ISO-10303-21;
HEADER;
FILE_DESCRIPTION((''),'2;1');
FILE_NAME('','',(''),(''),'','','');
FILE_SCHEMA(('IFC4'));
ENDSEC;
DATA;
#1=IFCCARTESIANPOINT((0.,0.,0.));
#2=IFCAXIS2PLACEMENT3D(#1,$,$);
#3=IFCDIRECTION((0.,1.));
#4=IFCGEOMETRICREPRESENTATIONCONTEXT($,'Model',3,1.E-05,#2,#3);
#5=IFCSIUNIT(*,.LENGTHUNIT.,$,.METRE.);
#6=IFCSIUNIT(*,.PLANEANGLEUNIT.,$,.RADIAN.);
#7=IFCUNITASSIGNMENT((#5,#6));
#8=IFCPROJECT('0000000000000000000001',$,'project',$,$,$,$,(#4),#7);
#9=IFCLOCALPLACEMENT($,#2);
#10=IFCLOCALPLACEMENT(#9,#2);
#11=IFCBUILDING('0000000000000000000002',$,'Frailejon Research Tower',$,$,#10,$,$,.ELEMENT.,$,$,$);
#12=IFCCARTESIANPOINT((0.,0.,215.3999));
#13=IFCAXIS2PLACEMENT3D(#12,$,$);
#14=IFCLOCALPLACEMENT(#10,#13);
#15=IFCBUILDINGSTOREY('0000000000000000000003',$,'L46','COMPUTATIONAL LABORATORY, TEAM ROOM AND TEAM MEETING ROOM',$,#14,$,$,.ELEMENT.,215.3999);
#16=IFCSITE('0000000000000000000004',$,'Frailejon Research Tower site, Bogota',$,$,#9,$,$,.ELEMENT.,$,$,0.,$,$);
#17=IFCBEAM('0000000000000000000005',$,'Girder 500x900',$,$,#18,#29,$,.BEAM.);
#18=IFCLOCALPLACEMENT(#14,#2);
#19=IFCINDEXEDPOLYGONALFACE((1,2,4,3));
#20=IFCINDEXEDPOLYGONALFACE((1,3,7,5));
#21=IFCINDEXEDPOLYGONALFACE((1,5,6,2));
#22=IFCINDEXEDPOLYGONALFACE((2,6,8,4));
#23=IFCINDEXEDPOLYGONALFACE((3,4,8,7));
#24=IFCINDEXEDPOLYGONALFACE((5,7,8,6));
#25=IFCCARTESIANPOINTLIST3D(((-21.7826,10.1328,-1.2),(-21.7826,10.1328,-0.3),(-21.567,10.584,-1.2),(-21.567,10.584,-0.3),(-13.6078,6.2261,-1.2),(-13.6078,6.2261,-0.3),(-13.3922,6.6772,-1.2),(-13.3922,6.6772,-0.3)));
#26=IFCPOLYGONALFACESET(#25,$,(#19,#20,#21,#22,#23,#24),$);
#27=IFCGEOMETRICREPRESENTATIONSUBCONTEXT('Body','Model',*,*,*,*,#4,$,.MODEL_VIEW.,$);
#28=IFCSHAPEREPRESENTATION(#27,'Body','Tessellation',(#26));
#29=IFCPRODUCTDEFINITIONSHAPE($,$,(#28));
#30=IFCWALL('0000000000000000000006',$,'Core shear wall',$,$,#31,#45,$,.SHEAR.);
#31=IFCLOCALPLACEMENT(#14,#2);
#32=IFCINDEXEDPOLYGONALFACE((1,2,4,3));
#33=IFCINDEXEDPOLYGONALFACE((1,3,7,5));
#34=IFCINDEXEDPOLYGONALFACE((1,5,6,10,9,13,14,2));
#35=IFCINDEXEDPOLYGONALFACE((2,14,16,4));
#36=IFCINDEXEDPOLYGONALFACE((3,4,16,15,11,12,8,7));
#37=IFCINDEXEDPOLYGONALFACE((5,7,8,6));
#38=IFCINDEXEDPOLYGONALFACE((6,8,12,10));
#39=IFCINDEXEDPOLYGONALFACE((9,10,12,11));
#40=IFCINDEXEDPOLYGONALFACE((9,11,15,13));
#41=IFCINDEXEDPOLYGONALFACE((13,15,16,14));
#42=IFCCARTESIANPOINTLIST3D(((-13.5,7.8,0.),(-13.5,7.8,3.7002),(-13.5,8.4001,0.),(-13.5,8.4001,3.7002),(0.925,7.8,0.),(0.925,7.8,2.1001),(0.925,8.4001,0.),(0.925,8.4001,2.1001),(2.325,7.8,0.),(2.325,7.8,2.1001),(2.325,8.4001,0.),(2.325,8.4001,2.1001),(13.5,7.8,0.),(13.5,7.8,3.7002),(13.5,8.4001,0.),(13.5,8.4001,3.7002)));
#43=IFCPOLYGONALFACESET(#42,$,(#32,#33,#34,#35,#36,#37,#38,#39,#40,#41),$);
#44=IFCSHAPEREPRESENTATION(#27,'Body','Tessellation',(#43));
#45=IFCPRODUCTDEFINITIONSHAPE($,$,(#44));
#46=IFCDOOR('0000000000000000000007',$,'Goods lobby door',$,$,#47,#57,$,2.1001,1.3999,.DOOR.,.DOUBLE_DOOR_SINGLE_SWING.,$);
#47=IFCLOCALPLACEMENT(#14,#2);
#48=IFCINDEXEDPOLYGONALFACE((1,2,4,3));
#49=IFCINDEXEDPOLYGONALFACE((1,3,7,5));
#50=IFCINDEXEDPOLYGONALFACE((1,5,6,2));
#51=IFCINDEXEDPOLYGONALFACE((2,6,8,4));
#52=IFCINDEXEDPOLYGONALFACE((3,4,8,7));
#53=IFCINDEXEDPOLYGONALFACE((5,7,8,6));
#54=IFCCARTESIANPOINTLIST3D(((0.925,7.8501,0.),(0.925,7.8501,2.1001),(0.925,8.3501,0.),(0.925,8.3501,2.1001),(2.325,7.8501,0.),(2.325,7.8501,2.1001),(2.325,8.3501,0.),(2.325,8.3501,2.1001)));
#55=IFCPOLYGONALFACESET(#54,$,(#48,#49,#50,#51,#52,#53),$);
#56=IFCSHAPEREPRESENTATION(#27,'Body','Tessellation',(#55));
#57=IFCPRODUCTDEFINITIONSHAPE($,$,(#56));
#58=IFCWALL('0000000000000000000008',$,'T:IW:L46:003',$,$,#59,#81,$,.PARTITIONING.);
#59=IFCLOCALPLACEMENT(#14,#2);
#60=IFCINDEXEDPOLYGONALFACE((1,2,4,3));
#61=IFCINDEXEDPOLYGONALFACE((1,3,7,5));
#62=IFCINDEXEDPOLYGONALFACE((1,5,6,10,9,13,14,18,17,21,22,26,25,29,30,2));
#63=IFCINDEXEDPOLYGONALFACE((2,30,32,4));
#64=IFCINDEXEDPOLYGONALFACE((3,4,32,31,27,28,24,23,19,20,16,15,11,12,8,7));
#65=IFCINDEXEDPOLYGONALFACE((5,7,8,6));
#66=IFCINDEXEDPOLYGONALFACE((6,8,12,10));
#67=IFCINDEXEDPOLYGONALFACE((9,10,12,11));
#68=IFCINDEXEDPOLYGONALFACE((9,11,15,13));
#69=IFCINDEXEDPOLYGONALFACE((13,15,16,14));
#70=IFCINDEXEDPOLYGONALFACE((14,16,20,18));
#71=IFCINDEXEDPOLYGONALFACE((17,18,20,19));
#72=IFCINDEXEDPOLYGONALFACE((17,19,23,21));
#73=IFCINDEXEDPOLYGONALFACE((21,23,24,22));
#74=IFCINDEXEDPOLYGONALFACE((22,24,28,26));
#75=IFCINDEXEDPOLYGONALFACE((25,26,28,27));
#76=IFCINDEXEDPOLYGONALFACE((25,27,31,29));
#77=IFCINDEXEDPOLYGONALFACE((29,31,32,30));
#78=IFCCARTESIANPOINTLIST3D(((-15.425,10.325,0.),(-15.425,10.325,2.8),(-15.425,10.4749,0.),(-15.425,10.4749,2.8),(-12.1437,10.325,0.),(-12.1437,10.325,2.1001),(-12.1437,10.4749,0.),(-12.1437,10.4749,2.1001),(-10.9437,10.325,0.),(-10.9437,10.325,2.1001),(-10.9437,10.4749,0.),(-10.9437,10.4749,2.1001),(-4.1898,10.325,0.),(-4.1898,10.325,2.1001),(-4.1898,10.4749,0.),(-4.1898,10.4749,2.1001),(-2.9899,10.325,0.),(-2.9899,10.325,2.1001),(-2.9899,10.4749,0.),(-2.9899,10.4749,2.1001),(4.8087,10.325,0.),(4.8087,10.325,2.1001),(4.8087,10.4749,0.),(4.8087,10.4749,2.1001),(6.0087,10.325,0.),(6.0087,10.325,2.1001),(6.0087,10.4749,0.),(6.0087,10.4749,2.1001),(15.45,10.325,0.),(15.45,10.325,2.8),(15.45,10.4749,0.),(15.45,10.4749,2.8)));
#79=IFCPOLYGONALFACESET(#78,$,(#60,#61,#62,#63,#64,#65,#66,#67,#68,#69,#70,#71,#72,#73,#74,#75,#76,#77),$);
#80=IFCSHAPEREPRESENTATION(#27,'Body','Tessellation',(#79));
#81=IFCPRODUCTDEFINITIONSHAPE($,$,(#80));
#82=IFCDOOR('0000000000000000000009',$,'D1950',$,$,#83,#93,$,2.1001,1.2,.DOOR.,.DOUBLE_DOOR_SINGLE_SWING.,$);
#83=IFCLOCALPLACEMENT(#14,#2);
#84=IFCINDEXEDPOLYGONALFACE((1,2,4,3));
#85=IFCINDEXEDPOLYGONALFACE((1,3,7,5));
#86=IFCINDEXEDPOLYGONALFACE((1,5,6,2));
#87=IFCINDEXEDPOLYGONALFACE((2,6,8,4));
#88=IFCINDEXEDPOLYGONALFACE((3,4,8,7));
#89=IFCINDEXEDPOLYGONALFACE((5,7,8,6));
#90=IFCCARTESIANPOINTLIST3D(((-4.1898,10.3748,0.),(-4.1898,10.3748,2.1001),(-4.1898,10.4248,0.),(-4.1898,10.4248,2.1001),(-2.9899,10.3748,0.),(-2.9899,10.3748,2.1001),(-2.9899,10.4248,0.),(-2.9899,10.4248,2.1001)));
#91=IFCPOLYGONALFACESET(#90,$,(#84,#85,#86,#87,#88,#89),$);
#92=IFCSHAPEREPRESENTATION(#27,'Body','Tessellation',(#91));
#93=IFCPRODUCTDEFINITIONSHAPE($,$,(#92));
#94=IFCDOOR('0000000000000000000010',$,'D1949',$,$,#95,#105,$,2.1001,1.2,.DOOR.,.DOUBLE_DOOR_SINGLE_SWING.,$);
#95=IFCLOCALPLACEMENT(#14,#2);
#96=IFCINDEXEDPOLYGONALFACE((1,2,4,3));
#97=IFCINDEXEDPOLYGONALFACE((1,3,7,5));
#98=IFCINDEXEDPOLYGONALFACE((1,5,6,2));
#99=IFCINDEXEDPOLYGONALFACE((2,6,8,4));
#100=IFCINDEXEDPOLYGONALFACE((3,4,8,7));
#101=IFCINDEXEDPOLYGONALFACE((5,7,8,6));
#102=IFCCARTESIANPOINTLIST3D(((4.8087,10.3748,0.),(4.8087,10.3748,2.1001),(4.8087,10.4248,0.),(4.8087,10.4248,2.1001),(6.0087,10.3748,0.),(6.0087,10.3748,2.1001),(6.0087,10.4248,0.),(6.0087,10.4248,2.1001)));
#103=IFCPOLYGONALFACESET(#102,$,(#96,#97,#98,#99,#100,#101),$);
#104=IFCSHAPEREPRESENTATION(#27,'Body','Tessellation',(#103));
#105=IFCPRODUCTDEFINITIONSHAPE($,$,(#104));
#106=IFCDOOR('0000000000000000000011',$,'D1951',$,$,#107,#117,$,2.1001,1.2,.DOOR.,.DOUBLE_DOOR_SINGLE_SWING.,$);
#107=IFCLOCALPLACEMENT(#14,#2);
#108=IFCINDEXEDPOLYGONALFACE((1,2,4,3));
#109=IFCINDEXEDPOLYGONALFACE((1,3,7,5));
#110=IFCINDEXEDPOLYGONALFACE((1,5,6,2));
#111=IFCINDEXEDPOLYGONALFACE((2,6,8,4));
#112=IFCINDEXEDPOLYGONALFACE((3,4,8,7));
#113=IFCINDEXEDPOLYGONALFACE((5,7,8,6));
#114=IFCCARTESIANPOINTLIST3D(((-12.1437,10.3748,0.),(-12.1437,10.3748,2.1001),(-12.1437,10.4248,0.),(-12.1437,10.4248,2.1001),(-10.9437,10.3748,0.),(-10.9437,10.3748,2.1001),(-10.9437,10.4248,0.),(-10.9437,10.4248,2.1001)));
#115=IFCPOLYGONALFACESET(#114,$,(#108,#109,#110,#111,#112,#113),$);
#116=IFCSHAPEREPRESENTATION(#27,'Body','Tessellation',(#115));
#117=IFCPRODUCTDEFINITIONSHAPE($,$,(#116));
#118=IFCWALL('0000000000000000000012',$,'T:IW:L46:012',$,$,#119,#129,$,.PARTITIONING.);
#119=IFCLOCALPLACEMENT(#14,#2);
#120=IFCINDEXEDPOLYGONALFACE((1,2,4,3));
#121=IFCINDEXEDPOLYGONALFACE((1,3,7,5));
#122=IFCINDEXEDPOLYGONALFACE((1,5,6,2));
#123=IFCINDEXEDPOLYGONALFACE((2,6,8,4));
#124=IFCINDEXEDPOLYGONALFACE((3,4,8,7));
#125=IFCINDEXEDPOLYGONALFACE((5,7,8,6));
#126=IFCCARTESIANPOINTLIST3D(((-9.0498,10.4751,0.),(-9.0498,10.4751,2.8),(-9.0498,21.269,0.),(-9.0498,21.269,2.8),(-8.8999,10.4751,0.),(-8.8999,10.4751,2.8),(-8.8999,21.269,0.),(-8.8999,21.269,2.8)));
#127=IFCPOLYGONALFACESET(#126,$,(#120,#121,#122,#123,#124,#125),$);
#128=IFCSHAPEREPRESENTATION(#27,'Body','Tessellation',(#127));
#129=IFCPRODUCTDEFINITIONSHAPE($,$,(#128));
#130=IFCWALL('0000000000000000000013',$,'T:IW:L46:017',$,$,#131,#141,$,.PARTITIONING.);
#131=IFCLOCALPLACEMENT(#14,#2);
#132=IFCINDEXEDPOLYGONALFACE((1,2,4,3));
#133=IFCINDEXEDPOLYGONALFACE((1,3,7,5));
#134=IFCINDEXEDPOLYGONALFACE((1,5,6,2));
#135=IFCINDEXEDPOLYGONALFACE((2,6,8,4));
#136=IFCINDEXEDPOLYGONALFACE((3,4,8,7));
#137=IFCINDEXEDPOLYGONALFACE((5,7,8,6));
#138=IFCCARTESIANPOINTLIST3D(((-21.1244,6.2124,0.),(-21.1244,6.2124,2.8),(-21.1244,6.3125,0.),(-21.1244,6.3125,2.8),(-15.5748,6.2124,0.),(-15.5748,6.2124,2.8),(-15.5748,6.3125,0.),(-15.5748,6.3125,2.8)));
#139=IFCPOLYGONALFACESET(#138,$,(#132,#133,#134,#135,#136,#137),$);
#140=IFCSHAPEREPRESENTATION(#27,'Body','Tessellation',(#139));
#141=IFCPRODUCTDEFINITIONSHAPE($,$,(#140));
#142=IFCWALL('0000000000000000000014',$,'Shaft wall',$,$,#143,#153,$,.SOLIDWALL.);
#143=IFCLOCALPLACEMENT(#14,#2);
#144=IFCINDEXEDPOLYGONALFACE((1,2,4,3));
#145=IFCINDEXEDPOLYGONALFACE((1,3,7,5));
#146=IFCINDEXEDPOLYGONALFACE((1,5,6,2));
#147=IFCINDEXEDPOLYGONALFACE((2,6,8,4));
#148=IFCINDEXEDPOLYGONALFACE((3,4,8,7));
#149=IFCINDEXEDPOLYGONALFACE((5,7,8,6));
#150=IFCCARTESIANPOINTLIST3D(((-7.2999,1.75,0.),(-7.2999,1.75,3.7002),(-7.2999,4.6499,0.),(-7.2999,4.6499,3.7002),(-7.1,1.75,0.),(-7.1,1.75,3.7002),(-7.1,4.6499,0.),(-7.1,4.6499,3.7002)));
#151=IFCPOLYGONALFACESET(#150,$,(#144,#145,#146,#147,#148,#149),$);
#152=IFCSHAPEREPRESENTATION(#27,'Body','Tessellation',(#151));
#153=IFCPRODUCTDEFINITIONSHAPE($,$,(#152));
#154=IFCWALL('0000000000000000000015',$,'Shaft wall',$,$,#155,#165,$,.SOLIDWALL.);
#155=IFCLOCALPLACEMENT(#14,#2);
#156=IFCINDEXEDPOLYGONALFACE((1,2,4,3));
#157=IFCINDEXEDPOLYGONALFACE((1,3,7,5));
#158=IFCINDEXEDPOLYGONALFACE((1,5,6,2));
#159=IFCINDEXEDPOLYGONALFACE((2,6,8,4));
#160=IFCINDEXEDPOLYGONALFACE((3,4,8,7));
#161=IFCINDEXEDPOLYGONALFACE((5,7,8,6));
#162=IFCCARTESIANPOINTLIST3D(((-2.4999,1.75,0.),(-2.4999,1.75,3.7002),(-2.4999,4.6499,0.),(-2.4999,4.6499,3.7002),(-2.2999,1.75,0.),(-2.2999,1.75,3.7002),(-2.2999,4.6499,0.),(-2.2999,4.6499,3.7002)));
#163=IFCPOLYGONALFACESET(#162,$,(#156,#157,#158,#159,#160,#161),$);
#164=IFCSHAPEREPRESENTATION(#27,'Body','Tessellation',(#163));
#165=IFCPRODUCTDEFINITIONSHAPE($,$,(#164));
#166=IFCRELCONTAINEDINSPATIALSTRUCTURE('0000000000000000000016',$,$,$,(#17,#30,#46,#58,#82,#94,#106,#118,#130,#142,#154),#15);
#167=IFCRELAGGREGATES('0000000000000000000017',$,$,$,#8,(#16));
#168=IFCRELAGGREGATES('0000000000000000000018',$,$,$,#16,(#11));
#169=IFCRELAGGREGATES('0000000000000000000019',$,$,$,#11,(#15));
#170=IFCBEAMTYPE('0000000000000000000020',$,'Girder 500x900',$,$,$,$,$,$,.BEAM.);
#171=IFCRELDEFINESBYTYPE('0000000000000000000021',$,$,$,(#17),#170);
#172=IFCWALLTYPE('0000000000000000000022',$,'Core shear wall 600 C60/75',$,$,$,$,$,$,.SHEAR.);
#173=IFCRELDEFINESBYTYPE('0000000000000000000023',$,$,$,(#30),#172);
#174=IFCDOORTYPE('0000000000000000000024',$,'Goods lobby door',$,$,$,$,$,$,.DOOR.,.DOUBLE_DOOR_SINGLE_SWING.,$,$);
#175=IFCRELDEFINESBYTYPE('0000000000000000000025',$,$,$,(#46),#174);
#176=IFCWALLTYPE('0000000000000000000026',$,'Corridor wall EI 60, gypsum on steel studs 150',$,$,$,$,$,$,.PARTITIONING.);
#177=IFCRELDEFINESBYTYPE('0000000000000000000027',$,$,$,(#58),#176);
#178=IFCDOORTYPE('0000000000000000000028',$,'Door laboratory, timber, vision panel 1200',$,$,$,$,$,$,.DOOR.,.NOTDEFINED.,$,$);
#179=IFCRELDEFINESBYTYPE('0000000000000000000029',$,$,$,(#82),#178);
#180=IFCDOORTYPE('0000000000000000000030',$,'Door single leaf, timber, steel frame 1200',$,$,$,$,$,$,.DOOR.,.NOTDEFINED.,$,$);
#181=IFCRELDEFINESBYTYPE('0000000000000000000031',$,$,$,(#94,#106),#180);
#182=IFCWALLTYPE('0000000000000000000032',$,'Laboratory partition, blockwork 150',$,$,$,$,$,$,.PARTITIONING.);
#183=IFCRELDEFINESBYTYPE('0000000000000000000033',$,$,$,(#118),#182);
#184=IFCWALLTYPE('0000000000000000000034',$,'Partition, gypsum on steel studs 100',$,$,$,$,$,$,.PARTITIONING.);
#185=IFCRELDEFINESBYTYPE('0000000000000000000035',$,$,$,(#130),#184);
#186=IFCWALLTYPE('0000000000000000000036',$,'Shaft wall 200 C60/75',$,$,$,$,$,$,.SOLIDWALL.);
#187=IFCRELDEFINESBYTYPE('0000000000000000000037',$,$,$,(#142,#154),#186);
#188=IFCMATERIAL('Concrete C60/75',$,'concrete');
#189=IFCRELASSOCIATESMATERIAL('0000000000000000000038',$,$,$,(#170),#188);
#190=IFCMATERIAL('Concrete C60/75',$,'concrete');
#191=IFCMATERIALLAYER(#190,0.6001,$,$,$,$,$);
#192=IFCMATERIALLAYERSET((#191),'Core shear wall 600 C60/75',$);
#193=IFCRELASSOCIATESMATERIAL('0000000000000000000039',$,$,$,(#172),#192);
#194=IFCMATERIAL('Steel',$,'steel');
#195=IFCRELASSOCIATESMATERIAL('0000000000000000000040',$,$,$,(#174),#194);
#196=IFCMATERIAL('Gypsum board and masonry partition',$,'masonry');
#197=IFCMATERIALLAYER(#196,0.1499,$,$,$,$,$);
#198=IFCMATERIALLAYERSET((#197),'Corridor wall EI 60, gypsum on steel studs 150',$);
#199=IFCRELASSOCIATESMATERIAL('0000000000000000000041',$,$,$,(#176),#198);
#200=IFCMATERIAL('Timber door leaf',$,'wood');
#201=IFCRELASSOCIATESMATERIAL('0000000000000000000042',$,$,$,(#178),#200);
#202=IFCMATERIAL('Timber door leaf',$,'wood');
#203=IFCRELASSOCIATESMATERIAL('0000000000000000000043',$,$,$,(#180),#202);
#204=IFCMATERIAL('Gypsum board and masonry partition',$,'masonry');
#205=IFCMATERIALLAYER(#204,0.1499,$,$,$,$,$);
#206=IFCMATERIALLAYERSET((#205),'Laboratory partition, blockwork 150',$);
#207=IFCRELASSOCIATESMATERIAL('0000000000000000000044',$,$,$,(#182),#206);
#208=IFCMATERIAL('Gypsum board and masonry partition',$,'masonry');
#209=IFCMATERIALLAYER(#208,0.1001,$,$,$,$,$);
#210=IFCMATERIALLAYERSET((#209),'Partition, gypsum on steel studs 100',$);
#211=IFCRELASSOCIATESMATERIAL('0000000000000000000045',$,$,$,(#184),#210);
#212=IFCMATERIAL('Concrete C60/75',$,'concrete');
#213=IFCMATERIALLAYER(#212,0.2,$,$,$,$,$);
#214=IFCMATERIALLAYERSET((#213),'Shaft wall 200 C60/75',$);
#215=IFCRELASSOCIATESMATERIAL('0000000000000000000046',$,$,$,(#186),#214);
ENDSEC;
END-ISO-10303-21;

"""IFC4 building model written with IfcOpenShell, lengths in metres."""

from ifc_helpers import new_model, si_unit, direction, frame, frame_2d, origin, origin_2d, place, context, subcontext, project, spatial, rectangle, extrude, material, layer, layer_set, material_profile, profile_set, type_object, element, fill, save


model = new_model("IFC4")

# Units and contexts
model_context = context("Model", 3, precision=1e-05, world=origin(), true_north=direction((0.0, 1.0)))
body_context = subcontext(model_context, "Body", "Model", "MODEL_VIEW")
ifc_project = project(units=[si_unit("LENGTHUNIT", "METRE"), si_unit("PLANEANGLEUNIT", "RADIAN")], contexts=[model_context])

# Site, building, storey
site_placement = place(None, origin())
site = spatial("IfcSite", under=ifc_project, at=site_placement, Name="Frailejon Research Tower site, Bogota", CompositionType="ELEMENT", RefElevation=0.0)
building_placement = place(site_placement, origin())
building = spatial("IfcBuilding", under=site, at=building_placement, Name="Frailejon Research Tower", CompositionType="ELEMENT")
storey_placement = place(building_placement, frame((0.0, 0.0, 215.3999)))
storey = spatial("IfcBuildingStorey", under=building, at=storey_placement, Name="L46", Description="COMPUTATIONAL LABORATORY, TEAM ROOM AND TEAM MEETING ROOM", CompositionType="ELEMENT", Elevation=215.3999)

# Beam
ifc_material_1 = material(Name="Concrete C60/75", Category="concrete")
ifc_material_profile = material_profile(ifc_material_1, rectangle(XDim=0.5, YDim=0.8999, at=origin_2d()), Name="Girder 500x900")
ifc_profile_set = profile_set([ifc_material_profile], Name="Concrete C60/75")
beam_type = type_object("IfcBeamType", Name="Girder 500x900", PredefinedType="BEAM", material=ifc_profile_set)
beam_placement = place(storey_placement, frame((-21.6748, 10.3584, -0.75), z_axis=(0.902261, -0.43119, 0.0), x_axis=(0.43119, 0.902261, 0.0)))
element("IfcBeam", 1, at=beam_placement, inside=storey, type_object=beam_type, Name="Girder 500x900", PredefinedType="BEAM", context=body_context, shape_type="SweptSolid", body=[
    extrude(rectangle(XDim=0.5, YDim=0.8999, at=origin_2d()), origin(), (0.0, 0.0, 1.0), 9.0603),
])

# Wall, opening, door
ifc_material_2 = material(Name="Concrete C60/75", Category="concrete")
ifc_layer_1 = layer(ifc_material_2, 0.6001)
ifc_layer_set_1 = layer_set([ifc_layer_1], Name="Core shear wall 600 C60/75")
wall_type_1 = type_object("IfcWallType", Name="Core shear wall 600 C60/75", PredefinedType="SHEAR", material=ifc_layer_set_1)
wall_1_placement = place(storey_placement, frame((-13.5, 8.1001, 0.0), z_axis=(0.0, 0.0, 1.0), x_axis=(1.0, 0.0, 0.0)))
wall_1 = element("IfcWall", 2, at=wall_1_placement, inside=storey, type_object=wall_type_1, Name="Core shear wall", PredefinedType="SHEAR", context=body_context, shape_type="SweptSolid", body=[
    extrude(rectangle(XDim=27.0, YDim=0.6001, at=frame_2d((13.5, 0.0))), origin(), (0.0, 0.0, 1.0), 3.7002),
])
opening_1_placement = place(wall_1_placement, frame((14.425, 0.0, 0.0)))
opening_1 = element("IfcOpeningElement", 3, at=opening_1_placement, cuts=wall_1, PredefinedType="OPENING", context=body_context, shape_type="SweptSolid", body=[
    extrude(rectangle(XDim=1.3999, YDim=2.1001, at=frame_2d((0.7, 1.05))), frame((0.0, 0.3101, 0.0), z_axis=(0.0, -1.0, 0.0), x_axis=(1.0, 0.0, 0.0)), (0.0, 0.0, 1.0), 0.6201),
])
ifc_material_3 = material(Name="Steel", Category="steel")
door_type_1 = type_object("IfcDoorType", Name="Goods lobby door", OperationType="DOUBLE_DOOR_SINGLE_SWING", PredefinedType="DOOR", material=ifc_material_3)
door_1_placement = place(opening_1_placement, origin())
door_1 = element("IfcDoor", 4, at=door_1_placement, inside=storey, type_object=door_type_1, Name="Goods lobby door", OperationType="DOUBLE_DOOR_SINGLE_SWING", OverallHeight=2.1001, OverallWidth=1.3999, PredefinedType="DOOR", context=body_context, shape_type="SweptSolid", body=[
    extrude(rectangle(XDim=1.3999, YDim=2.1001, at=frame_2d((0.7, 1.05))), frame((0.0, 0.25, 0.0), z_axis=(0.0, -1.0, 0.0), x_axis=(1.0, 0.0, 0.0)), (0.0, 0.0, 1.0), 0.5),
])
fill(opening_1, door_1)

# Wall, openings, doors
ifc_material_4 = material(Name="Gypsum board and masonry partition", Category="masonry")
ifc_layer_2 = layer(ifc_material_4, 0.1499)
ifc_layer_set_2 = layer_set([ifc_layer_2], Name="Corridor wall EI 60, gypsum on steel studs 150")
wall_type_2 = type_object("IfcWallType", Name="Corridor wall EI 60, gypsum on steel studs 150", PredefinedType="PARTITIONING", material=ifc_layer_set_2)
wall_2_placement = place(storey_placement, frame((-15.425, 10.3999, 0.0), z_axis=(0.0, 0.0, 1.0), x_axis=(1.0, 0.0, 0.0)))
wall_2 = element("IfcWall", 5, at=wall_2_placement, inside=storey, type_object=wall_type_2, Name="T:IW:L46:003", PredefinedType="PARTITIONING", context=body_context, shape_type="SweptSolid", body=[
    extrude(rectangle(XDim=30.875, YDim=0.1499, at=frame_2d((15.4375, 0.0))), origin(), (0.0, 0.0, 1.0), 2.8),
])
opening_2_placement = place(wall_2_placement, frame((20.2336, 0.0, 0.0)))
opening_2 = element("IfcOpeningElement", 6, at=opening_2_placement, cuts=wall_2, PredefinedType="OPENING", context=body_context, shape_type="SweptSolid", body=[
    extrude(rectangle(XDim=1.2, YDim=2.1001, at=frame_2d((0.6001, 1.05))), frame((0.0, 0.085, 0.0), z_axis=(0.0, -1.0, 0.0), x_axis=(1.0, 0.0, 0.0)), (0.0, 0.0, 1.0), 0.1699),
])
opening_3_placement = place(wall_2_placement, frame((11.2351, 0.0, 0.0)))
opening_3 = element("IfcOpeningElement", 7, at=opening_3_placement, cuts=wall_2, PredefinedType="OPENING", context=body_context, shape_type="SweptSolid", body=[
    extrude(rectangle(XDim=1.2, YDim=2.1001, at=frame_2d((0.6001, 1.05))), frame((0.0, 0.085, 0.0), z_axis=(0.0, -1.0, 0.0), x_axis=(1.0, 0.0, 0.0)), (0.0, 0.0, 1.0), 0.1699),
])
opening_4_placement = place(wall_2_placement, frame((3.2812, 0.0, 0.0)))
opening_4 = element("IfcOpeningElement", 8, at=opening_4_placement, cuts=wall_2, PredefinedType="OPENING", context=body_context, shape_type="SweptSolid", body=[
    extrude(rectangle(XDim=1.2, YDim=2.1001, at=frame_2d((0.6001, 1.05))), frame((0.0, 0.085, 0.0), z_axis=(0.0, -1.0, 0.0), x_axis=(1.0, 0.0, 0.0)), (0.0, 0.0, 1.0), 0.1699),
])
ifc_material_5 = material(Name="Timber door leaf", Category="wood")
door_type_2 = type_object("IfcDoorType", Name="Door laboratory, timber, vision panel 1200", OperationType="NOTDEFINED", PredefinedType="DOOR", material=ifc_material_5)
door_2_placement = place(opening_3_placement, origin())
door_2 = element("IfcDoor", 9, at=door_2_placement, inside=storey, type_object=door_type_2, Name="D1950", OperationType="DOUBLE_DOOR_SINGLE_SWING", OverallHeight=2.1001, OverallWidth=1.2, PredefinedType="DOOR", context=body_context, shape_type="SweptSolid", body=[
    extrude(rectangle(XDim=1.2, YDim=2.1001, at=frame_2d((0.6001, 1.05))), frame((0.0, 0.0249, 0.0), z_axis=(0.0, -1.0, 0.0), x_axis=(1.0, 0.0, 0.0)), (0.0, 0.0, 1.0), 0.05),
])
fill(opening_3, door_2)
ifc_material_6 = material(Name="Timber door leaf", Category="wood")
door_type_3 = type_object("IfcDoorType", Name="Door single leaf, timber, steel frame 1200", OperationType="NOTDEFINED", PredefinedType="DOOR", material=ifc_material_6)
door_3_placement = place(opening_2_placement, origin())
door_3 = element("IfcDoor", 10, at=door_3_placement, inside=storey, type_object=door_type_3, Name="D1949", OperationType="DOUBLE_DOOR_SINGLE_SWING", OverallHeight=2.1001, OverallWidth=1.2, PredefinedType="DOOR", context=body_context, shape_type="SweptSolid", body=[
    extrude(rectangle(XDim=1.2, YDim=2.1001, at=frame_2d((0.6001, 1.05))), frame((0.0, 0.0249, 0.0), z_axis=(0.0, -1.0, 0.0), x_axis=(1.0, 0.0, 0.0)), (0.0, 0.0, 1.0), 0.05),
])
fill(opening_2, door_3)
door_4_placement = place(opening_4_placement, origin())
door_4 = element("IfcDoor", 11, at=door_4_placement, inside=storey, type_object=door_type_3, Name="D1951", OperationType="DOUBLE_DOOR_SINGLE_SWING", OverallHeight=2.1001, OverallWidth=1.2, PredefinedType="DOOR", context=body_context, shape_type="SweptSolid", body=[
    extrude(rectangle(XDim=1.2, YDim=2.1001, at=frame_2d((0.6001, 1.05))), frame((0.0, 0.0249, 0.0), z_axis=(0.0, -1.0, 0.0), x_axis=(1.0, 0.0, 0.0)), (0.0, 0.0, 1.0), 0.05),
])
fill(opening_4, door_4)

# Walls
ifc_material_7 = material(Name="Gypsum board and masonry partition", Category="masonry")
ifc_layer_3 = layer(ifc_material_7, 0.1499)
ifc_layer_set_3 = layer_set([ifc_layer_3], Name="Laboratory partition, blockwork 150")
wall_type_3 = type_object("IfcWallType", Name="Laboratory partition, blockwork 150", PredefinedType="PARTITIONING", material=ifc_layer_set_3)
wall_3_placement = place(storey_placement, frame((-8.9749, 10.4751, 0.0), z_axis=(0.0, 0.0, 1.0), x_axis=(0.0, 1.0, 0.0)))
element("IfcWall", 12, at=wall_3_placement, inside=storey, type_object=wall_type_3, Name="T:IW:L46:012", PredefinedType="PARTITIONING", context=body_context, shape_type="SweptSolid", body=[
    extrude(rectangle(XDim=10.7939, YDim=0.1499, at=frame_2d((5.397, 0.0))), origin(), (0.0, 0.0, 1.0), 2.8),
])
ifc_material_8 = material(Name="Gypsum board and masonry partition", Category="masonry")
ifc_layer_4 = layer(ifc_material_8, 0.1001)
ifc_layer_set_4 = layer_set([ifc_layer_4], Name="Partition, gypsum on steel studs 100")
wall_type_4 = type_object("IfcWallType", Name="Partition, gypsum on steel studs 100", PredefinedType="PARTITIONING", material=ifc_layer_set_4)
wall_4_placement = place(storey_placement, frame((-21.1245, 6.2625, 0.0), z_axis=(0.0, 0.0, 1.0), x_axis=(1.0, 0.0, 0.0)))
element("IfcWall", 13, at=wall_4_placement, inside=storey, type_object=wall_type_4, Name="T:IW:L46:017", PredefinedType="PARTITIONING", context=body_context, shape_type="SweptSolid", body=[
    extrude(rectangle(XDim=5.5496, YDim=0.1001, at=frame_2d((2.7749, 0.0))), origin(), (0.0, 0.0, 1.0), 2.8),
])
ifc_material_9 = material(Name="Concrete C60/75", Category="concrete")
ifc_layer_5 = layer(ifc_material_9, 0.2)
ifc_layer_set_5 = layer_set([ifc_layer_5], Name="Shaft wall 200 C60/75")
wall_type_5 = type_object("IfcWallType", Name="Shaft wall 200 C60/75", PredefinedType="SOLIDWALL", material=ifc_layer_set_5)
for number, where, z_axis, x_axis, name in (
    (14, (-7.2, 1.75, 0.0), (0.0, 0.0, 1.0), (0.0, 1.0, 0.0), "Shaft wall"),
    (15, (-2.3999, 1.75, 0.0), (0.0, 0.0, 1.0), (0.0, 1.0, 0.0), "Shaft wall"),
):
    element("IfcWall", number, at=place(storey_placement, frame(where, z_axis=z_axis, x_axis=x_axis)), inside=storey, type_object=wall_type_5, Name=name, PredefinedType="SOLIDWALL", context=body_context, shape_type="SweptSolid", body=[
        extrude(rectangle(XDim=2.8999, YDim=0.2, at=frame_2d((1.45, 0.0))), origin(), (0.0, 0.0, 1.0), 3.7002),
    ])

save(model, "model.ifc")
